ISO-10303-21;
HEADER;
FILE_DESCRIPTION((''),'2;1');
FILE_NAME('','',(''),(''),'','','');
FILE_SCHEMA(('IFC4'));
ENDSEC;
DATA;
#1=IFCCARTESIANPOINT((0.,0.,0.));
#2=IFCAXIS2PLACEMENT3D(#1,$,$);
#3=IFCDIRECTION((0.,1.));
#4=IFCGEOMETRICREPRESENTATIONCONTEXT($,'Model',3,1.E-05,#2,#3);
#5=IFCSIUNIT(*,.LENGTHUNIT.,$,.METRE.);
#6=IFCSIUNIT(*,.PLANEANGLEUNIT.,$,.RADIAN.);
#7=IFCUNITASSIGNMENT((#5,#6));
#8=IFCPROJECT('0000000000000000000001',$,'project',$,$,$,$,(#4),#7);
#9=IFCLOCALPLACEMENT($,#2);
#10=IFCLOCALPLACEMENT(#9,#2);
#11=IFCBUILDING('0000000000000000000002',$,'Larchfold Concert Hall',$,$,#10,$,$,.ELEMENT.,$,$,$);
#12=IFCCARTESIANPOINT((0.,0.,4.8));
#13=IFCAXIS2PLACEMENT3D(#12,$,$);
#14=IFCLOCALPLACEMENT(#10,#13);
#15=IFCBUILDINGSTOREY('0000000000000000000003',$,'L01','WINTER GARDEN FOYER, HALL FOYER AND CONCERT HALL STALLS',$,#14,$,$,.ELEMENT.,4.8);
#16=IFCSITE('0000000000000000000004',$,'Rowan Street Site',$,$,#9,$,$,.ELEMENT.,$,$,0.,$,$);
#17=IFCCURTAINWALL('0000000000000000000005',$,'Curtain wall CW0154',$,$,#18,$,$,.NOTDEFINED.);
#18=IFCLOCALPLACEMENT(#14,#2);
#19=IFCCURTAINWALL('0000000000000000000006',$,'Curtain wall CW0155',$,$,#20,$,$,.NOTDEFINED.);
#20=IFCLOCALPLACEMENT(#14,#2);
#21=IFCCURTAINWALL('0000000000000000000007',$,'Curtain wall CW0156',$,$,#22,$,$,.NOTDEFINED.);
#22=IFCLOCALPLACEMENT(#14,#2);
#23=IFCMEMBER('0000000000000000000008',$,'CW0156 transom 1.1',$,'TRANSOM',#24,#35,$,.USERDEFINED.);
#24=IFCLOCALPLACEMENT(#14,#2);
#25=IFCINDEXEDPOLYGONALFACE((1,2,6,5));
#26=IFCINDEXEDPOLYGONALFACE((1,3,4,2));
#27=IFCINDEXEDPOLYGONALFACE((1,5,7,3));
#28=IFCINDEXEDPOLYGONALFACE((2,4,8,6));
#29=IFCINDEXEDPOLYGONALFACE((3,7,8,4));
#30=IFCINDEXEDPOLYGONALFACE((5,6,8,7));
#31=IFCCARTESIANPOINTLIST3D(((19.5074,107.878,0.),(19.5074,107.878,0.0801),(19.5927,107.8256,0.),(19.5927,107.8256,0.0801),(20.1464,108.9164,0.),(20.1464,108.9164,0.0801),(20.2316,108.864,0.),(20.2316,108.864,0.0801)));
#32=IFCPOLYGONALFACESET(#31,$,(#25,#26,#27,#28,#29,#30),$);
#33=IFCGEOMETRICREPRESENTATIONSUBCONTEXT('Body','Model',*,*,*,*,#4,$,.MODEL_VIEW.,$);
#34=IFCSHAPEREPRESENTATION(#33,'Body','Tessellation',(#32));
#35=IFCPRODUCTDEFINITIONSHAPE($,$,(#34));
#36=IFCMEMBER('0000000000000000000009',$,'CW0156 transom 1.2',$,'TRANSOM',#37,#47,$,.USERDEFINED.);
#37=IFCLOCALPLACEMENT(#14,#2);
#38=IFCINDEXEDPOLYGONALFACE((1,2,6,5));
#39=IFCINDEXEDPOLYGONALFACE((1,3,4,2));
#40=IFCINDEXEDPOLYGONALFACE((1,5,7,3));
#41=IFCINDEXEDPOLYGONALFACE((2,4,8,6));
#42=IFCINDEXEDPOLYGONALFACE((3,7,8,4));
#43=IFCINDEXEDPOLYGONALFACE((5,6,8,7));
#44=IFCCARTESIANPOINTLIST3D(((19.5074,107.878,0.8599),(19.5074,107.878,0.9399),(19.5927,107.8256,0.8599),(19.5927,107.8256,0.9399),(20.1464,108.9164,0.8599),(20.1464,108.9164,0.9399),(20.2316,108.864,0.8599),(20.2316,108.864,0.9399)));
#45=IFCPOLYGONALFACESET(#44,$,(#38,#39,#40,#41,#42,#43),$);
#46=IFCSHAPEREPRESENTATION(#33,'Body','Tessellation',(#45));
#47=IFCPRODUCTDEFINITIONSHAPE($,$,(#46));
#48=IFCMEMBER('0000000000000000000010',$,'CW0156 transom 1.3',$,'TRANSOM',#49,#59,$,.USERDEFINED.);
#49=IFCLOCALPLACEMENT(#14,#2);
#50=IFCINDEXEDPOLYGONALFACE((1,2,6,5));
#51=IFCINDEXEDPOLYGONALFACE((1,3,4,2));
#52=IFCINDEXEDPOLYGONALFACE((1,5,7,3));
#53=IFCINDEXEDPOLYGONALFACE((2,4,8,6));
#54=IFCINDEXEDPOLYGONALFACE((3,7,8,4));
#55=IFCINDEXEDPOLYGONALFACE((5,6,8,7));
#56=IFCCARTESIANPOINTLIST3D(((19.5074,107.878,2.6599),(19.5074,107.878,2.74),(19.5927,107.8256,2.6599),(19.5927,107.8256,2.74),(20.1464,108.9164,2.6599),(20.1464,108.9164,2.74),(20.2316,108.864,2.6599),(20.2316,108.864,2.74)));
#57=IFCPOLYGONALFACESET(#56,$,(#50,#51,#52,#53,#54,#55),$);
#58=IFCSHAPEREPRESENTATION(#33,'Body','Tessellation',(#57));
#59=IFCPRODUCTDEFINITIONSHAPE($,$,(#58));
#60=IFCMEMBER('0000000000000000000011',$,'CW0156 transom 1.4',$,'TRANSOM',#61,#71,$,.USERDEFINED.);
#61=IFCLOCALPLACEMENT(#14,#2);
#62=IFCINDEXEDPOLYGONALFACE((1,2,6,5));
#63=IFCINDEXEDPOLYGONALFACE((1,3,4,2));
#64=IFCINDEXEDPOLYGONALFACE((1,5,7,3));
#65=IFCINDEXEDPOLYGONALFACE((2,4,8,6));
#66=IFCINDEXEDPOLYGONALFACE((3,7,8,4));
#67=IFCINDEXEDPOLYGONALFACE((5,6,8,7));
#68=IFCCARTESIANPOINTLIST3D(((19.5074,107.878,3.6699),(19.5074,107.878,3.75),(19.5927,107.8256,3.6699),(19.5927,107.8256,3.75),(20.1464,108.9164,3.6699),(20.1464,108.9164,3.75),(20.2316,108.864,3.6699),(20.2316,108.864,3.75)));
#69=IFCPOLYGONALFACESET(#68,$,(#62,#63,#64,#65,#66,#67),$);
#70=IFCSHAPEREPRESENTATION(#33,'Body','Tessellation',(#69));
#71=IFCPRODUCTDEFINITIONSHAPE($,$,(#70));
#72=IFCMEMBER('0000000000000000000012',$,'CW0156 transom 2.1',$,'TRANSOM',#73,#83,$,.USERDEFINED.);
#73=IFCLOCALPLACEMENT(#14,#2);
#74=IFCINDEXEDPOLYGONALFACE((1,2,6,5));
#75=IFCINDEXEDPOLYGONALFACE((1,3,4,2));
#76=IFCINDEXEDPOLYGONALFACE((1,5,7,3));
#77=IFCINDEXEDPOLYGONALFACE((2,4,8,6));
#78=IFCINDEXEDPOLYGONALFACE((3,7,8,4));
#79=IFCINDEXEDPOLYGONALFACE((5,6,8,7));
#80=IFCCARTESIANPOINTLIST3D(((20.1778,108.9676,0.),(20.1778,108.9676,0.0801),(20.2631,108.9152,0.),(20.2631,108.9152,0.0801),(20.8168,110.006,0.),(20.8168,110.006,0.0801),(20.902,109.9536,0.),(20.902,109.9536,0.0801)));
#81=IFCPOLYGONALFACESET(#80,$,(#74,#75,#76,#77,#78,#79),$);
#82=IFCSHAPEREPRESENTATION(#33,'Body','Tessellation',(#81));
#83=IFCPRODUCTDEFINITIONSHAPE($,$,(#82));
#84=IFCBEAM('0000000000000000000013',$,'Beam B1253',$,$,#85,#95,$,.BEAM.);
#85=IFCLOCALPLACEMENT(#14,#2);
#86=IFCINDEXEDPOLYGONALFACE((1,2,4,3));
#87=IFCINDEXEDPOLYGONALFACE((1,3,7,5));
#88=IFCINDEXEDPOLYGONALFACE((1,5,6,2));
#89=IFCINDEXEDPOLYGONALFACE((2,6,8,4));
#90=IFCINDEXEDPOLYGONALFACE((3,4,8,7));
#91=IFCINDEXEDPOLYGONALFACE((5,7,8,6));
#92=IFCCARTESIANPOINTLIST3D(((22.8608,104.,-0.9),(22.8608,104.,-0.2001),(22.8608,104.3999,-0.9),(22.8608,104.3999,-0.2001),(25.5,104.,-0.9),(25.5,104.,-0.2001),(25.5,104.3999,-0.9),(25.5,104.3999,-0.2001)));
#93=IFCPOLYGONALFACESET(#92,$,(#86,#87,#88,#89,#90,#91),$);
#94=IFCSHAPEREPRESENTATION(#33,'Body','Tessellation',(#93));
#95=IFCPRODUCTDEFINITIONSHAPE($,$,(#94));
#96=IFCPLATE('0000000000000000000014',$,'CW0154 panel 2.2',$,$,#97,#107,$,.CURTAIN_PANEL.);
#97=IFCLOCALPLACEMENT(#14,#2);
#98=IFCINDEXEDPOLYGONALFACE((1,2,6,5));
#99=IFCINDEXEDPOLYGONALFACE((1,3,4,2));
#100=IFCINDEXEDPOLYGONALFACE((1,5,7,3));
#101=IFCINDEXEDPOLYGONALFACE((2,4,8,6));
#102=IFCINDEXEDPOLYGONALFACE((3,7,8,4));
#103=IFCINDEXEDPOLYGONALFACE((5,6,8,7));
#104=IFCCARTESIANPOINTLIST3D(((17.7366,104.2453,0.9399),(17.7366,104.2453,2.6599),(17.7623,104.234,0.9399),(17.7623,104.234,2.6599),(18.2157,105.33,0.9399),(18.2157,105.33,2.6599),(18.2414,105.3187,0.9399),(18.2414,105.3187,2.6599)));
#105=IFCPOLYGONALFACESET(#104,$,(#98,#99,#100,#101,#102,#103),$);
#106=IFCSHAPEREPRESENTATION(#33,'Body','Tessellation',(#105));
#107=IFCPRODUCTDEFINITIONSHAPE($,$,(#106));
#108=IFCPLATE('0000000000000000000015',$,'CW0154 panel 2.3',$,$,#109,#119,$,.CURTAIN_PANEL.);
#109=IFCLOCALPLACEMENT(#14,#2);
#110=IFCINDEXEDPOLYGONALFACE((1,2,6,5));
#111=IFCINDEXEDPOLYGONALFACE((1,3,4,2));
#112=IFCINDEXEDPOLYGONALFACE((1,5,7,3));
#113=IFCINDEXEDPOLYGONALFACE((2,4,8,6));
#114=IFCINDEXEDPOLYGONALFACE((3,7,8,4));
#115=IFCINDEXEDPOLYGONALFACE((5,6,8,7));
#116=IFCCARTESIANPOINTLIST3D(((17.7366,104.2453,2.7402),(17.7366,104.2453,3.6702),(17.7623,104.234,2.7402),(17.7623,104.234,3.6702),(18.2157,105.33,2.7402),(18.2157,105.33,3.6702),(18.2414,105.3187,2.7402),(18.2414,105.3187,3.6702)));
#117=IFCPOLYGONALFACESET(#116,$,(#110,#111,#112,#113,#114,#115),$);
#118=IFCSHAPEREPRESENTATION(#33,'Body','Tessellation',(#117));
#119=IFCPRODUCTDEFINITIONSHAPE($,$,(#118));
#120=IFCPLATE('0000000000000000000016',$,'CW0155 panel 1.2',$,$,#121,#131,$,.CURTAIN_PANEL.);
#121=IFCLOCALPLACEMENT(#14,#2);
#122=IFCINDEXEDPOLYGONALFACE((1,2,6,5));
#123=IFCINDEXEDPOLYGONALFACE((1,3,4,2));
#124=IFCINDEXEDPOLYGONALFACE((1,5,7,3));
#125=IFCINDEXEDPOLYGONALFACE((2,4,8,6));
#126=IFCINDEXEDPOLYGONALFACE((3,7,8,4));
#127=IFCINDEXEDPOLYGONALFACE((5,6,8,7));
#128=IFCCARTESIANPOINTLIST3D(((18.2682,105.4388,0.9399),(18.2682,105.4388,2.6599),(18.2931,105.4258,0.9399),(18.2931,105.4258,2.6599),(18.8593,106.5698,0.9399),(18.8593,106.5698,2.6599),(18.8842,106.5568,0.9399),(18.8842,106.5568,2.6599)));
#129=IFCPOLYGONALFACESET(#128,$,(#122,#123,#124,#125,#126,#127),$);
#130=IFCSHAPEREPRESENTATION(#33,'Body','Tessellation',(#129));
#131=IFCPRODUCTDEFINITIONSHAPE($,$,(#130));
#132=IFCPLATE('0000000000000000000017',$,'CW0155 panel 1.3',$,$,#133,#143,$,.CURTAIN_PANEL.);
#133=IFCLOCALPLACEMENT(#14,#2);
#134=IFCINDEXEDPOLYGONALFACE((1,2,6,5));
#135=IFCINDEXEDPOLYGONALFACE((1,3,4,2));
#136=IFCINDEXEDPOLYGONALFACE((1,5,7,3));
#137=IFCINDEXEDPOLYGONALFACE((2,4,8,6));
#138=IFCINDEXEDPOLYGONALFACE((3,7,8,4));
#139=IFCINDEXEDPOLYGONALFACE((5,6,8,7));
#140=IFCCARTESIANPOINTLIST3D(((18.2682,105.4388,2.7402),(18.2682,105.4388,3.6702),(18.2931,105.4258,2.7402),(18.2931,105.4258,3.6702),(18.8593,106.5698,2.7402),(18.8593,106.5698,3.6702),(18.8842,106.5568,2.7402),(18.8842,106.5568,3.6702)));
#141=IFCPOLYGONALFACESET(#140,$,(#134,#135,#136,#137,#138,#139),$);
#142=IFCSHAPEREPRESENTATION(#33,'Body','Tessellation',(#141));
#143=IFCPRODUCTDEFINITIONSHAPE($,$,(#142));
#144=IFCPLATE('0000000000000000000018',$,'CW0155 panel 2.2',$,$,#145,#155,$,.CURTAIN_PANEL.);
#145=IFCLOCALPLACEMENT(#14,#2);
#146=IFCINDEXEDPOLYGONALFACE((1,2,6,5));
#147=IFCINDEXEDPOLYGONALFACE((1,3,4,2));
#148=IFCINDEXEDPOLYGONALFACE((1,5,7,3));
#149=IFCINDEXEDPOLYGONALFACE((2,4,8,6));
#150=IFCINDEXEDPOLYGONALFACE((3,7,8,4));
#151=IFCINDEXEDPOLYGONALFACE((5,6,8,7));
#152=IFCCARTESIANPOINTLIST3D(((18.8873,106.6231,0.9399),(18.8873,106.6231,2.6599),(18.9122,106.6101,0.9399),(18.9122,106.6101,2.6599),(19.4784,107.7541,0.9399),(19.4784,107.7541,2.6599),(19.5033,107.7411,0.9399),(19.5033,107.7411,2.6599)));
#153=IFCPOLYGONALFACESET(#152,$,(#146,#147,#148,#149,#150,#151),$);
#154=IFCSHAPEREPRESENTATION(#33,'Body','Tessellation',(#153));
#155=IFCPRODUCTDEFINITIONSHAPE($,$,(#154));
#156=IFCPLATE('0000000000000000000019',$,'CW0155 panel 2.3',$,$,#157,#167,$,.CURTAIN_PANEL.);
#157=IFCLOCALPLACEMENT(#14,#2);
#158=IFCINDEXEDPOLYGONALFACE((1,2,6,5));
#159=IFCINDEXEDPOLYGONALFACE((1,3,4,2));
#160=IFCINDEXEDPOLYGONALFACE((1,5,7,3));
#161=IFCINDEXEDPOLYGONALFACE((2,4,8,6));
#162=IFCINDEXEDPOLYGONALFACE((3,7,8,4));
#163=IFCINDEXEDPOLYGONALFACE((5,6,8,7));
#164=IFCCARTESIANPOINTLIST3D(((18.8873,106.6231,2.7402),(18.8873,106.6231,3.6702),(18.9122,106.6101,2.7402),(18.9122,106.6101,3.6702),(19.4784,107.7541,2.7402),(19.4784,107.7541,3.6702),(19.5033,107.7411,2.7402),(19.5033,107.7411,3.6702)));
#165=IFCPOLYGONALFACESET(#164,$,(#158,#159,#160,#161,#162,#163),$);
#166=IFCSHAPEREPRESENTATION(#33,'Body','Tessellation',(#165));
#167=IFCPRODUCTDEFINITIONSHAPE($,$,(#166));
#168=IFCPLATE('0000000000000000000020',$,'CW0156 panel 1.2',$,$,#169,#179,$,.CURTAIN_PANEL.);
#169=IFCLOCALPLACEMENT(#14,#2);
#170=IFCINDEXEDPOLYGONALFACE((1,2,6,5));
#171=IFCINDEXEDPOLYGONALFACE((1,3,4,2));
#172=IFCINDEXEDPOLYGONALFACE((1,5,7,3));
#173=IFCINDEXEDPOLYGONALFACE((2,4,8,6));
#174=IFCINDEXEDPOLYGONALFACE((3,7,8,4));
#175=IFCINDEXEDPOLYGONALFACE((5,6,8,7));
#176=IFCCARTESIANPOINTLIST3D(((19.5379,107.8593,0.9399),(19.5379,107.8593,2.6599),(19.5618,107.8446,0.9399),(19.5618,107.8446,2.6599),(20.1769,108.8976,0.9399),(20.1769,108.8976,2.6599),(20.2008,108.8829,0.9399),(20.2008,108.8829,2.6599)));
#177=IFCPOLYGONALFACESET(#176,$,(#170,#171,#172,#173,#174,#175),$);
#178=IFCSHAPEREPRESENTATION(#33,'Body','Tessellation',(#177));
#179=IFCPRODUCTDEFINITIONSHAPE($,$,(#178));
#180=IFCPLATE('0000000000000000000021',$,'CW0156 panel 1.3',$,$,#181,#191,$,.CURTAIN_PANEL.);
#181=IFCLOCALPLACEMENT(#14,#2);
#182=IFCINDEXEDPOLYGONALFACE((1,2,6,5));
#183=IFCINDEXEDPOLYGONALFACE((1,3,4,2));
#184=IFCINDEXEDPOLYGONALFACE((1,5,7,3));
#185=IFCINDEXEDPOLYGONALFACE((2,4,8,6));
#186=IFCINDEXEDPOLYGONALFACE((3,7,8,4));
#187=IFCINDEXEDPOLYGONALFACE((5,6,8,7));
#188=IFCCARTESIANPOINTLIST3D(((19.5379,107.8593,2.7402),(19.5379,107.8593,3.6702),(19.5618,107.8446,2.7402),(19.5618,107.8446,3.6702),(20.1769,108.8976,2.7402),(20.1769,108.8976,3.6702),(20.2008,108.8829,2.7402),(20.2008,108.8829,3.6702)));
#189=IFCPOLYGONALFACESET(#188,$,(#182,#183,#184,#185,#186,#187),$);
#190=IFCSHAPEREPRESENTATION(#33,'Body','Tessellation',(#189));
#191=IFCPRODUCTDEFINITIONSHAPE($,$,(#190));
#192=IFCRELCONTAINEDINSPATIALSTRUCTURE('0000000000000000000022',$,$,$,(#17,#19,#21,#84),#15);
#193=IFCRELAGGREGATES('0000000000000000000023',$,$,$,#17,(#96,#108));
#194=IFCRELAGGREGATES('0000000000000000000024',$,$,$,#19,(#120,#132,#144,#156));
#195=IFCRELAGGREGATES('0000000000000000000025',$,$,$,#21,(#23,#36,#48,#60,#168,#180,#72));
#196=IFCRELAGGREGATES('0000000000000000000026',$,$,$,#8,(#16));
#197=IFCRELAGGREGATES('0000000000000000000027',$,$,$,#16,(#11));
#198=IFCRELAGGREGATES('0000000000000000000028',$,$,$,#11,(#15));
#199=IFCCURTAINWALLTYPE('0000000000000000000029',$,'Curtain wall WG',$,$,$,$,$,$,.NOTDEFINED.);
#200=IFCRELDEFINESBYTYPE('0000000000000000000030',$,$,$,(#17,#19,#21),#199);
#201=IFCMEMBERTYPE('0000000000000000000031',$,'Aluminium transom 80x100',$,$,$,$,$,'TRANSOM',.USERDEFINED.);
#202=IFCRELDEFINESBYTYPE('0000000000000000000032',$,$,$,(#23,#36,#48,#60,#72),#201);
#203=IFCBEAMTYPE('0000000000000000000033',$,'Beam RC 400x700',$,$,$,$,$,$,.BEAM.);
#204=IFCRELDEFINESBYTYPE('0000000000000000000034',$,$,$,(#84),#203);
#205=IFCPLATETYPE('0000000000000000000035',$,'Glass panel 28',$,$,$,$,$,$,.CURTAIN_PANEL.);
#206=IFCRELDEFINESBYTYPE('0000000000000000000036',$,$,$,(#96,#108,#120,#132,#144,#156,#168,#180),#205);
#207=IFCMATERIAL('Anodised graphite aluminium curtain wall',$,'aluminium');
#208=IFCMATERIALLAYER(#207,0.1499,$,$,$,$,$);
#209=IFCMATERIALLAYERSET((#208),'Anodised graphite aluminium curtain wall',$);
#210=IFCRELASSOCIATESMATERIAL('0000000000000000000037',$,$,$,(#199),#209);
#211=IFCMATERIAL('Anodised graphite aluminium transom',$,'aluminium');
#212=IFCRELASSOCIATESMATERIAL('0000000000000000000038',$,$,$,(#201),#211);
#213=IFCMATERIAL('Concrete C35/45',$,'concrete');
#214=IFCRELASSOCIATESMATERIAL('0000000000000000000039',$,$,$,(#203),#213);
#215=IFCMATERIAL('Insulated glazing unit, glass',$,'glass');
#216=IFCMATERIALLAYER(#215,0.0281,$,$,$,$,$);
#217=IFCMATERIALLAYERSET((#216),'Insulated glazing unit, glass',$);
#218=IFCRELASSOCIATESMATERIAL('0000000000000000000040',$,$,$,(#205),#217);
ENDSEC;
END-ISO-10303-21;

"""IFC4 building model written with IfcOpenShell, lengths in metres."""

from ifc_helpers import new_model, si_unit, direction, frame, origin, origin_2d, place, context, subcontext, project, spatial, rectangle, extrude, material, layer, layer_set, material_profile, profile_set, type_object, element, aggregate, save


model = new_model("IFC4")

# Units and contexts
model_context = context("Model", 3, precision=1e-05, world=origin(), true_north=direction((0.0, 1.0)))
body_context = subcontext(model_context, "Body", "Model", "MODEL_VIEW")
ifc_project = project(units=[si_unit("LENGTHUNIT", "METRE"), si_unit("PLANEANGLEUNIT", "RADIAN")], contexts=[model_context])

# Site, building, storey
site_placement = place(None, origin())
site = spatial("IfcSite", under=ifc_project, at=site_placement, Name="Rowan Street Site", CompositionType="ELEMENT", RefElevation=0.0)
building_placement = place(site_placement, origin())
building = spatial("IfcBuilding", under=site, at=building_placement, Name="Larchfold Concert Hall", CompositionType="ELEMENT")
storey_placement = place(building_placement, frame((0.0, 0.0, 4.8)))
storey = spatial("IfcBuildingStorey", under=building, at=storey_placement, Name="L01", Description="WINTER GARDEN FOYER, HALL FOYER AND CONCERT HALL STALLS", CompositionType="ELEMENT", Elevation=4.8)

# Curtain wall
ifc_material_1 = material(Name="Anodised graphite aluminium curtain wall", Category="aluminium")
ifc_layer_1 = layer(ifc_material_1, 0.1499)
ifc_layer_set_1 = layer_set([ifc_layer_1], Name="Anodised graphite aluminium curtain wall")
curtain_wall_type = type_object("IfcCurtainWallType", Name="Curtain wall WG", PredefinedType="NOTDEFINED", material=ifc_layer_set_1)
curtain_wall_1_placement = place(storey_placement, origin())
curtain_wall_1 = element("IfcCurtainWall", 1, at=curtain_wall_1_placement, inside=storey, type_object=curtain_wall_type, Name="Curtain wall CW0154", PredefinedType="NOTDEFINED")

# Curtain walls
curtain_wall_2_placement = place(storey_placement, origin())
curtain_wall_2 = element("IfcCurtainWall", 2, at=curtain_wall_2_placement, inside=storey, type_object=curtain_wall_type, Name="Curtain wall CW0155", PredefinedType="NOTDEFINED")
curtain_wall_3_placement = place(storey_placement, origin())
curtain_wall_3 = element("IfcCurtainWall", 3, at=curtain_wall_3_placement, inside=storey, type_object=curtain_wall_type, Name="Curtain wall CW0156", PredefinedType="NOTDEFINED")

# Members
ifc_material_2 = material(Name="Anodised graphite aluminium transom", Category="aluminium")
ifc_material_profile_1 = material_profile(ifc_material_2, rectangle(XDim=0.1001, YDim=0.0801, at=origin_2d()))
ifc_profile_set_1 = profile_set([ifc_material_profile_1], Name="Anodised graphite aluminium transom")
member_type_1 = type_object("IfcMemberType", Name="Aluminium transom 80x100", ElementType="TRANSOM", PredefinedType="USERDEFINED", material=ifc_profile_set_1)
member_1_placement = place(storey_placement, frame((19.55, 107.8518, 0.04), z_axis=(0.524064, 0.851679, 0.0), x_axis=(-0.851679, 0.524064, 0.0)))
member_1 = element("IfcMember", 4, at=member_1_placement, type_object=member_type_1, Name="CW0156 transom 1.1", ObjectType="TRANSOM", PredefinedType="USERDEFINED", context=body_context, shape_type="SweptSolid", body=[
    extrude(rectangle(XDim=0.1001, YDim=0.0801, at=origin_2d()), origin(), (0.0, 0.0, 1.0), 1.2192),
])
member_2_placement = place(storey_placement, frame((19.55, 107.8518, 0.8999), z_axis=(0.524064, 0.851679, 0.0), x_axis=(-0.851679, 0.524064, 0.0)))
member_2 = element("IfcMember", 5, at=member_2_placement, type_object=member_type_1, Name="CW0156 transom 1.2", ObjectType="TRANSOM", PredefinedType="USERDEFINED", context=body_context, shape_type="SweptSolid", body=[
    extrude(rectangle(XDim=0.1001, YDim=0.0801, at=origin_2d()), origin(), (0.0, 0.0, 1.0), 1.2192),
])
member_3_placement = place(storey_placement, frame((19.55, 107.8518, 2.7), z_axis=(0.524064, 0.851679, 0.0), x_axis=(-0.851679, 0.524064, 0.0)))
member_3 = element("IfcMember", 6, at=member_3_placement, type_object=member_type_1, Name="CW0156 transom 1.3", ObjectType="TRANSOM", PredefinedType="USERDEFINED", context=body_context, shape_type="SweptSolid", body=[
    extrude(rectangle(XDim=0.1001, YDim=0.0801, at=origin_2d()), origin(), (0.0, 0.0, 1.0), 1.2192),
])
member_4_placement = place(storey_placement, frame((19.55, 107.8518, 3.71), z_axis=(0.524064, 0.851679, 0.0), x_axis=(-0.851679, 0.524064, 0.0)))
member_4 = element("IfcMember", 7, at=member_4_placement, type_object=member_type_1, Name="CW0156 transom 1.4", ObjectType="TRANSOM", PredefinedType="USERDEFINED", context=body_context, shape_type="SweptSolid", body=[
    extrude(rectangle(XDim=0.1001, YDim=0.0801, at=origin_2d()), origin(), (0.0, 0.0, 1.0), 1.2192),
])
member_5_placement = place(storey_placement, frame((20.2205, 108.9414, 0.04), z_axis=(0.524064, 0.851679, 0.0), x_axis=(-0.851679, 0.524064, 0.0)))
member_5 = element("IfcMember", 8, at=member_5_placement, type_object=member_type_1, Name="CW0156 transom 2.1", ObjectType="TRANSOM", PredefinedType="USERDEFINED", context=body_context, shape_type="SweptSolid", body=[
    extrude(rectangle(XDim=0.1001, YDim=0.0801, at=origin_2d()), origin(), (0.0, 0.0, 1.0), 1.2192),
])

# Beam
ifc_material_3 = material(Name="Concrete C35/45", Category="concrete")
ifc_material_profile_2 = material_profile(ifc_material_3, rectangle(XDim=0.3999, YDim=0.7, at=origin_2d()))
ifc_profile_set_2 = profile_set([ifc_material_profile_2], Name="Concrete C35/45")
beam_type = type_object("IfcBeamType", Name="Beam RC 400x700", PredefinedType="BEAM", material=ifc_profile_set_2)
beam_placement = place(storey_placement, frame((22.8608, 104.2, -0.55), z_axis=(1.0, 0.0, 0.0), x_axis=(0.0, 1.0, 0.0)))
element("IfcBeam", 9, at=beam_placement, inside=storey, type_object=beam_type, Name="Beam B1253", PredefinedType="BEAM", context=body_context, shape_type="SweptSolid", body=[
    extrude(rectangle(XDim=0.3999, YDim=0.7, at=origin_2d()), origin(), (0.0, 0.0, 1.0), 2.6392),
])

# Plates
ifc_material_4 = material(Name="Insulated glazing unit, glass", Category="glass")
ifc_layer_2 = layer(ifc_material_4, 0.0281)
ifc_layer_set_2 = layer_set([ifc_layer_2], Name="Insulated glazing unit, glass")
plate_type_1 = type_object("IfcPlateType", Name="Glass panel 28", PredefinedType="CURTAIN_PANEL", material=ifc_layer_set_2)
plate_1_placement = place(storey_placement, frame((17.989, 104.782, 0.9399), z_axis=(0.0, 0.0, 1.0), x_axis=(0.404034, 0.914744, 0.0)))
plate_1 = element("IfcPlate", 10, at=plate_1_placement, type_object=plate_type_1, Name="CW0154 panel 2.2", PredefinedType="CURTAIN_PANEL", context=body_context, shape_type="SweptSolid", body=[
    extrude(rectangle(XDim=1.1858, YDim=0.0281, at=origin_2d()), origin(), (0.0, 0.0, 1.0), 1.72),
])
plate_2_placement = place(storey_placement, frame((17.989, 104.782, 2.7402), z_axis=(0.0, 0.0, 1.0), x_axis=(0.404034, 0.914744, 0.0)))
plate_2 = element("IfcPlate", 11, at=plate_2_placement, type_object=plate_type_1, Name="CW0154 panel 2.3", PredefinedType="CURTAIN_PANEL", context=body_context, shape_type="SweptSolid", body=[
    extrude(rectangle(XDim=1.1858, YDim=0.0281, at=origin_2d()), origin(), (0.0, 0.0, 1.0), 0.9299),
])
aggregate(curtain_wall_1, [plate_1, plate_2])
plate_3_placement = place(storey_placement, frame((18.5762, 105.9978, 0.9399), z_axis=(0.0, 0.0, 1.0), x_axis=(0.463189, 0.88626, 0.0)))
plate_3 = element("IfcPlate", 12, at=plate_3_placement, type_object=plate_type_1, Name="CW0155 panel 1.2", PredefinedType="CURTAIN_PANEL", context=body_context, shape_type="SweptSolid", body=[
    extrude(rectangle(XDim=1.2761, YDim=0.0281, at=origin_2d()), origin(), (0.0, 0.0, 1.0), 1.72),
])
plate_4_placement = place(storey_placement, frame((18.5762, 105.9978, 2.7402), z_axis=(0.0, 0.0, 1.0), x_axis=(0.463189, 0.88626, 0.0)))
plate_4 = element("IfcPlate", 13, at=plate_4_placement, type_object=plate_type_1, Name="CW0155 panel 1.3", PredefinedType="CURTAIN_PANEL", context=body_context, shape_type="SweptSolid", body=[
    extrude(rectangle(XDim=1.2761, YDim=0.0281, at=origin_2d()), origin(), (0.0, 0.0, 1.0), 0.9299),
])
plate_5_placement = place(storey_placement, frame((19.1953, 107.1821, 0.9399), z_axis=(0.0, 0.0, 1.0), x_axis=(0.463189, 0.88626, 0.0)))
plate_5 = element("IfcPlate", 14, at=plate_5_placement, type_object=plate_type_1, Name="CW0155 panel 2.2", PredefinedType="CURTAIN_PANEL", context=body_context, shape_type="SweptSolid", body=[
    extrude(rectangle(XDim=1.2761, YDim=0.0281, at=origin_2d()), origin(), (0.0, 0.0, 1.0), 1.72),
])
plate_6_placement = place(storey_placement, frame((19.1953, 107.1821, 2.7402), z_axis=(0.0, 0.0, 1.0), x_axis=(0.463189, 0.88626, 0.0)))
plate_6 = element("IfcPlate", 15, at=plate_6_placement, type_object=plate_type_1, Name="CW0155 panel 2.3", PredefinedType="CURTAIN_PANEL", context=body_context, shape_type="SweptSolid", body=[
    extrude(rectangle(XDim=1.2761, YDim=0.0281, at=origin_2d()), origin(), (0.0, 0.0, 1.0), 0.9299),
])
plate_7_placement = place(storey_placement, frame((19.8694, 108.3711, 0.9399), z_axis=(0.0, 0.0, 1.0), x_axis=(0.524103, 0.851655, 0.0)))
plate_7 = element("IfcPlate", 16, at=plate_7_placement, type_object=plate_type_1, Name="CW0156 panel 1.2", PredefinedType="CURTAIN_PANEL", context=body_context, shape_type="SweptSolid", body=[
    extrude(rectangle(XDim=1.2192, YDim=0.0281, at=origin_2d()), origin(), (0.0, 0.0, 1.0), 1.72),
])
plate_8_placement = place(storey_placement, frame((19.8694, 108.3711, 2.7402), z_axis=(0.0, 0.0, 1.0), x_axis=(0.524103, 0.851655, 0.0)))
plate_8 = element("IfcPlate", 17, at=plate_8_placement, type_object=plate_type_1, Name="CW0156 panel 1.3", PredefinedType="CURTAIN_PANEL", context=body_context, shape_type="SweptSolid", body=[
    extrude(rectangle(XDim=1.2192, YDim=0.0281, at=origin_2d()), origin(), (0.0, 0.0, 1.0), 0.9299),
])
aggregate(curtain_wall_2, [plate_3, plate_4, plate_5, plate_6])
aggregate(curtain_wall_3, [member_1, member_2, member_3, member_4, plate_7, plate_8, member_5])

save(model, "model.ifc")
